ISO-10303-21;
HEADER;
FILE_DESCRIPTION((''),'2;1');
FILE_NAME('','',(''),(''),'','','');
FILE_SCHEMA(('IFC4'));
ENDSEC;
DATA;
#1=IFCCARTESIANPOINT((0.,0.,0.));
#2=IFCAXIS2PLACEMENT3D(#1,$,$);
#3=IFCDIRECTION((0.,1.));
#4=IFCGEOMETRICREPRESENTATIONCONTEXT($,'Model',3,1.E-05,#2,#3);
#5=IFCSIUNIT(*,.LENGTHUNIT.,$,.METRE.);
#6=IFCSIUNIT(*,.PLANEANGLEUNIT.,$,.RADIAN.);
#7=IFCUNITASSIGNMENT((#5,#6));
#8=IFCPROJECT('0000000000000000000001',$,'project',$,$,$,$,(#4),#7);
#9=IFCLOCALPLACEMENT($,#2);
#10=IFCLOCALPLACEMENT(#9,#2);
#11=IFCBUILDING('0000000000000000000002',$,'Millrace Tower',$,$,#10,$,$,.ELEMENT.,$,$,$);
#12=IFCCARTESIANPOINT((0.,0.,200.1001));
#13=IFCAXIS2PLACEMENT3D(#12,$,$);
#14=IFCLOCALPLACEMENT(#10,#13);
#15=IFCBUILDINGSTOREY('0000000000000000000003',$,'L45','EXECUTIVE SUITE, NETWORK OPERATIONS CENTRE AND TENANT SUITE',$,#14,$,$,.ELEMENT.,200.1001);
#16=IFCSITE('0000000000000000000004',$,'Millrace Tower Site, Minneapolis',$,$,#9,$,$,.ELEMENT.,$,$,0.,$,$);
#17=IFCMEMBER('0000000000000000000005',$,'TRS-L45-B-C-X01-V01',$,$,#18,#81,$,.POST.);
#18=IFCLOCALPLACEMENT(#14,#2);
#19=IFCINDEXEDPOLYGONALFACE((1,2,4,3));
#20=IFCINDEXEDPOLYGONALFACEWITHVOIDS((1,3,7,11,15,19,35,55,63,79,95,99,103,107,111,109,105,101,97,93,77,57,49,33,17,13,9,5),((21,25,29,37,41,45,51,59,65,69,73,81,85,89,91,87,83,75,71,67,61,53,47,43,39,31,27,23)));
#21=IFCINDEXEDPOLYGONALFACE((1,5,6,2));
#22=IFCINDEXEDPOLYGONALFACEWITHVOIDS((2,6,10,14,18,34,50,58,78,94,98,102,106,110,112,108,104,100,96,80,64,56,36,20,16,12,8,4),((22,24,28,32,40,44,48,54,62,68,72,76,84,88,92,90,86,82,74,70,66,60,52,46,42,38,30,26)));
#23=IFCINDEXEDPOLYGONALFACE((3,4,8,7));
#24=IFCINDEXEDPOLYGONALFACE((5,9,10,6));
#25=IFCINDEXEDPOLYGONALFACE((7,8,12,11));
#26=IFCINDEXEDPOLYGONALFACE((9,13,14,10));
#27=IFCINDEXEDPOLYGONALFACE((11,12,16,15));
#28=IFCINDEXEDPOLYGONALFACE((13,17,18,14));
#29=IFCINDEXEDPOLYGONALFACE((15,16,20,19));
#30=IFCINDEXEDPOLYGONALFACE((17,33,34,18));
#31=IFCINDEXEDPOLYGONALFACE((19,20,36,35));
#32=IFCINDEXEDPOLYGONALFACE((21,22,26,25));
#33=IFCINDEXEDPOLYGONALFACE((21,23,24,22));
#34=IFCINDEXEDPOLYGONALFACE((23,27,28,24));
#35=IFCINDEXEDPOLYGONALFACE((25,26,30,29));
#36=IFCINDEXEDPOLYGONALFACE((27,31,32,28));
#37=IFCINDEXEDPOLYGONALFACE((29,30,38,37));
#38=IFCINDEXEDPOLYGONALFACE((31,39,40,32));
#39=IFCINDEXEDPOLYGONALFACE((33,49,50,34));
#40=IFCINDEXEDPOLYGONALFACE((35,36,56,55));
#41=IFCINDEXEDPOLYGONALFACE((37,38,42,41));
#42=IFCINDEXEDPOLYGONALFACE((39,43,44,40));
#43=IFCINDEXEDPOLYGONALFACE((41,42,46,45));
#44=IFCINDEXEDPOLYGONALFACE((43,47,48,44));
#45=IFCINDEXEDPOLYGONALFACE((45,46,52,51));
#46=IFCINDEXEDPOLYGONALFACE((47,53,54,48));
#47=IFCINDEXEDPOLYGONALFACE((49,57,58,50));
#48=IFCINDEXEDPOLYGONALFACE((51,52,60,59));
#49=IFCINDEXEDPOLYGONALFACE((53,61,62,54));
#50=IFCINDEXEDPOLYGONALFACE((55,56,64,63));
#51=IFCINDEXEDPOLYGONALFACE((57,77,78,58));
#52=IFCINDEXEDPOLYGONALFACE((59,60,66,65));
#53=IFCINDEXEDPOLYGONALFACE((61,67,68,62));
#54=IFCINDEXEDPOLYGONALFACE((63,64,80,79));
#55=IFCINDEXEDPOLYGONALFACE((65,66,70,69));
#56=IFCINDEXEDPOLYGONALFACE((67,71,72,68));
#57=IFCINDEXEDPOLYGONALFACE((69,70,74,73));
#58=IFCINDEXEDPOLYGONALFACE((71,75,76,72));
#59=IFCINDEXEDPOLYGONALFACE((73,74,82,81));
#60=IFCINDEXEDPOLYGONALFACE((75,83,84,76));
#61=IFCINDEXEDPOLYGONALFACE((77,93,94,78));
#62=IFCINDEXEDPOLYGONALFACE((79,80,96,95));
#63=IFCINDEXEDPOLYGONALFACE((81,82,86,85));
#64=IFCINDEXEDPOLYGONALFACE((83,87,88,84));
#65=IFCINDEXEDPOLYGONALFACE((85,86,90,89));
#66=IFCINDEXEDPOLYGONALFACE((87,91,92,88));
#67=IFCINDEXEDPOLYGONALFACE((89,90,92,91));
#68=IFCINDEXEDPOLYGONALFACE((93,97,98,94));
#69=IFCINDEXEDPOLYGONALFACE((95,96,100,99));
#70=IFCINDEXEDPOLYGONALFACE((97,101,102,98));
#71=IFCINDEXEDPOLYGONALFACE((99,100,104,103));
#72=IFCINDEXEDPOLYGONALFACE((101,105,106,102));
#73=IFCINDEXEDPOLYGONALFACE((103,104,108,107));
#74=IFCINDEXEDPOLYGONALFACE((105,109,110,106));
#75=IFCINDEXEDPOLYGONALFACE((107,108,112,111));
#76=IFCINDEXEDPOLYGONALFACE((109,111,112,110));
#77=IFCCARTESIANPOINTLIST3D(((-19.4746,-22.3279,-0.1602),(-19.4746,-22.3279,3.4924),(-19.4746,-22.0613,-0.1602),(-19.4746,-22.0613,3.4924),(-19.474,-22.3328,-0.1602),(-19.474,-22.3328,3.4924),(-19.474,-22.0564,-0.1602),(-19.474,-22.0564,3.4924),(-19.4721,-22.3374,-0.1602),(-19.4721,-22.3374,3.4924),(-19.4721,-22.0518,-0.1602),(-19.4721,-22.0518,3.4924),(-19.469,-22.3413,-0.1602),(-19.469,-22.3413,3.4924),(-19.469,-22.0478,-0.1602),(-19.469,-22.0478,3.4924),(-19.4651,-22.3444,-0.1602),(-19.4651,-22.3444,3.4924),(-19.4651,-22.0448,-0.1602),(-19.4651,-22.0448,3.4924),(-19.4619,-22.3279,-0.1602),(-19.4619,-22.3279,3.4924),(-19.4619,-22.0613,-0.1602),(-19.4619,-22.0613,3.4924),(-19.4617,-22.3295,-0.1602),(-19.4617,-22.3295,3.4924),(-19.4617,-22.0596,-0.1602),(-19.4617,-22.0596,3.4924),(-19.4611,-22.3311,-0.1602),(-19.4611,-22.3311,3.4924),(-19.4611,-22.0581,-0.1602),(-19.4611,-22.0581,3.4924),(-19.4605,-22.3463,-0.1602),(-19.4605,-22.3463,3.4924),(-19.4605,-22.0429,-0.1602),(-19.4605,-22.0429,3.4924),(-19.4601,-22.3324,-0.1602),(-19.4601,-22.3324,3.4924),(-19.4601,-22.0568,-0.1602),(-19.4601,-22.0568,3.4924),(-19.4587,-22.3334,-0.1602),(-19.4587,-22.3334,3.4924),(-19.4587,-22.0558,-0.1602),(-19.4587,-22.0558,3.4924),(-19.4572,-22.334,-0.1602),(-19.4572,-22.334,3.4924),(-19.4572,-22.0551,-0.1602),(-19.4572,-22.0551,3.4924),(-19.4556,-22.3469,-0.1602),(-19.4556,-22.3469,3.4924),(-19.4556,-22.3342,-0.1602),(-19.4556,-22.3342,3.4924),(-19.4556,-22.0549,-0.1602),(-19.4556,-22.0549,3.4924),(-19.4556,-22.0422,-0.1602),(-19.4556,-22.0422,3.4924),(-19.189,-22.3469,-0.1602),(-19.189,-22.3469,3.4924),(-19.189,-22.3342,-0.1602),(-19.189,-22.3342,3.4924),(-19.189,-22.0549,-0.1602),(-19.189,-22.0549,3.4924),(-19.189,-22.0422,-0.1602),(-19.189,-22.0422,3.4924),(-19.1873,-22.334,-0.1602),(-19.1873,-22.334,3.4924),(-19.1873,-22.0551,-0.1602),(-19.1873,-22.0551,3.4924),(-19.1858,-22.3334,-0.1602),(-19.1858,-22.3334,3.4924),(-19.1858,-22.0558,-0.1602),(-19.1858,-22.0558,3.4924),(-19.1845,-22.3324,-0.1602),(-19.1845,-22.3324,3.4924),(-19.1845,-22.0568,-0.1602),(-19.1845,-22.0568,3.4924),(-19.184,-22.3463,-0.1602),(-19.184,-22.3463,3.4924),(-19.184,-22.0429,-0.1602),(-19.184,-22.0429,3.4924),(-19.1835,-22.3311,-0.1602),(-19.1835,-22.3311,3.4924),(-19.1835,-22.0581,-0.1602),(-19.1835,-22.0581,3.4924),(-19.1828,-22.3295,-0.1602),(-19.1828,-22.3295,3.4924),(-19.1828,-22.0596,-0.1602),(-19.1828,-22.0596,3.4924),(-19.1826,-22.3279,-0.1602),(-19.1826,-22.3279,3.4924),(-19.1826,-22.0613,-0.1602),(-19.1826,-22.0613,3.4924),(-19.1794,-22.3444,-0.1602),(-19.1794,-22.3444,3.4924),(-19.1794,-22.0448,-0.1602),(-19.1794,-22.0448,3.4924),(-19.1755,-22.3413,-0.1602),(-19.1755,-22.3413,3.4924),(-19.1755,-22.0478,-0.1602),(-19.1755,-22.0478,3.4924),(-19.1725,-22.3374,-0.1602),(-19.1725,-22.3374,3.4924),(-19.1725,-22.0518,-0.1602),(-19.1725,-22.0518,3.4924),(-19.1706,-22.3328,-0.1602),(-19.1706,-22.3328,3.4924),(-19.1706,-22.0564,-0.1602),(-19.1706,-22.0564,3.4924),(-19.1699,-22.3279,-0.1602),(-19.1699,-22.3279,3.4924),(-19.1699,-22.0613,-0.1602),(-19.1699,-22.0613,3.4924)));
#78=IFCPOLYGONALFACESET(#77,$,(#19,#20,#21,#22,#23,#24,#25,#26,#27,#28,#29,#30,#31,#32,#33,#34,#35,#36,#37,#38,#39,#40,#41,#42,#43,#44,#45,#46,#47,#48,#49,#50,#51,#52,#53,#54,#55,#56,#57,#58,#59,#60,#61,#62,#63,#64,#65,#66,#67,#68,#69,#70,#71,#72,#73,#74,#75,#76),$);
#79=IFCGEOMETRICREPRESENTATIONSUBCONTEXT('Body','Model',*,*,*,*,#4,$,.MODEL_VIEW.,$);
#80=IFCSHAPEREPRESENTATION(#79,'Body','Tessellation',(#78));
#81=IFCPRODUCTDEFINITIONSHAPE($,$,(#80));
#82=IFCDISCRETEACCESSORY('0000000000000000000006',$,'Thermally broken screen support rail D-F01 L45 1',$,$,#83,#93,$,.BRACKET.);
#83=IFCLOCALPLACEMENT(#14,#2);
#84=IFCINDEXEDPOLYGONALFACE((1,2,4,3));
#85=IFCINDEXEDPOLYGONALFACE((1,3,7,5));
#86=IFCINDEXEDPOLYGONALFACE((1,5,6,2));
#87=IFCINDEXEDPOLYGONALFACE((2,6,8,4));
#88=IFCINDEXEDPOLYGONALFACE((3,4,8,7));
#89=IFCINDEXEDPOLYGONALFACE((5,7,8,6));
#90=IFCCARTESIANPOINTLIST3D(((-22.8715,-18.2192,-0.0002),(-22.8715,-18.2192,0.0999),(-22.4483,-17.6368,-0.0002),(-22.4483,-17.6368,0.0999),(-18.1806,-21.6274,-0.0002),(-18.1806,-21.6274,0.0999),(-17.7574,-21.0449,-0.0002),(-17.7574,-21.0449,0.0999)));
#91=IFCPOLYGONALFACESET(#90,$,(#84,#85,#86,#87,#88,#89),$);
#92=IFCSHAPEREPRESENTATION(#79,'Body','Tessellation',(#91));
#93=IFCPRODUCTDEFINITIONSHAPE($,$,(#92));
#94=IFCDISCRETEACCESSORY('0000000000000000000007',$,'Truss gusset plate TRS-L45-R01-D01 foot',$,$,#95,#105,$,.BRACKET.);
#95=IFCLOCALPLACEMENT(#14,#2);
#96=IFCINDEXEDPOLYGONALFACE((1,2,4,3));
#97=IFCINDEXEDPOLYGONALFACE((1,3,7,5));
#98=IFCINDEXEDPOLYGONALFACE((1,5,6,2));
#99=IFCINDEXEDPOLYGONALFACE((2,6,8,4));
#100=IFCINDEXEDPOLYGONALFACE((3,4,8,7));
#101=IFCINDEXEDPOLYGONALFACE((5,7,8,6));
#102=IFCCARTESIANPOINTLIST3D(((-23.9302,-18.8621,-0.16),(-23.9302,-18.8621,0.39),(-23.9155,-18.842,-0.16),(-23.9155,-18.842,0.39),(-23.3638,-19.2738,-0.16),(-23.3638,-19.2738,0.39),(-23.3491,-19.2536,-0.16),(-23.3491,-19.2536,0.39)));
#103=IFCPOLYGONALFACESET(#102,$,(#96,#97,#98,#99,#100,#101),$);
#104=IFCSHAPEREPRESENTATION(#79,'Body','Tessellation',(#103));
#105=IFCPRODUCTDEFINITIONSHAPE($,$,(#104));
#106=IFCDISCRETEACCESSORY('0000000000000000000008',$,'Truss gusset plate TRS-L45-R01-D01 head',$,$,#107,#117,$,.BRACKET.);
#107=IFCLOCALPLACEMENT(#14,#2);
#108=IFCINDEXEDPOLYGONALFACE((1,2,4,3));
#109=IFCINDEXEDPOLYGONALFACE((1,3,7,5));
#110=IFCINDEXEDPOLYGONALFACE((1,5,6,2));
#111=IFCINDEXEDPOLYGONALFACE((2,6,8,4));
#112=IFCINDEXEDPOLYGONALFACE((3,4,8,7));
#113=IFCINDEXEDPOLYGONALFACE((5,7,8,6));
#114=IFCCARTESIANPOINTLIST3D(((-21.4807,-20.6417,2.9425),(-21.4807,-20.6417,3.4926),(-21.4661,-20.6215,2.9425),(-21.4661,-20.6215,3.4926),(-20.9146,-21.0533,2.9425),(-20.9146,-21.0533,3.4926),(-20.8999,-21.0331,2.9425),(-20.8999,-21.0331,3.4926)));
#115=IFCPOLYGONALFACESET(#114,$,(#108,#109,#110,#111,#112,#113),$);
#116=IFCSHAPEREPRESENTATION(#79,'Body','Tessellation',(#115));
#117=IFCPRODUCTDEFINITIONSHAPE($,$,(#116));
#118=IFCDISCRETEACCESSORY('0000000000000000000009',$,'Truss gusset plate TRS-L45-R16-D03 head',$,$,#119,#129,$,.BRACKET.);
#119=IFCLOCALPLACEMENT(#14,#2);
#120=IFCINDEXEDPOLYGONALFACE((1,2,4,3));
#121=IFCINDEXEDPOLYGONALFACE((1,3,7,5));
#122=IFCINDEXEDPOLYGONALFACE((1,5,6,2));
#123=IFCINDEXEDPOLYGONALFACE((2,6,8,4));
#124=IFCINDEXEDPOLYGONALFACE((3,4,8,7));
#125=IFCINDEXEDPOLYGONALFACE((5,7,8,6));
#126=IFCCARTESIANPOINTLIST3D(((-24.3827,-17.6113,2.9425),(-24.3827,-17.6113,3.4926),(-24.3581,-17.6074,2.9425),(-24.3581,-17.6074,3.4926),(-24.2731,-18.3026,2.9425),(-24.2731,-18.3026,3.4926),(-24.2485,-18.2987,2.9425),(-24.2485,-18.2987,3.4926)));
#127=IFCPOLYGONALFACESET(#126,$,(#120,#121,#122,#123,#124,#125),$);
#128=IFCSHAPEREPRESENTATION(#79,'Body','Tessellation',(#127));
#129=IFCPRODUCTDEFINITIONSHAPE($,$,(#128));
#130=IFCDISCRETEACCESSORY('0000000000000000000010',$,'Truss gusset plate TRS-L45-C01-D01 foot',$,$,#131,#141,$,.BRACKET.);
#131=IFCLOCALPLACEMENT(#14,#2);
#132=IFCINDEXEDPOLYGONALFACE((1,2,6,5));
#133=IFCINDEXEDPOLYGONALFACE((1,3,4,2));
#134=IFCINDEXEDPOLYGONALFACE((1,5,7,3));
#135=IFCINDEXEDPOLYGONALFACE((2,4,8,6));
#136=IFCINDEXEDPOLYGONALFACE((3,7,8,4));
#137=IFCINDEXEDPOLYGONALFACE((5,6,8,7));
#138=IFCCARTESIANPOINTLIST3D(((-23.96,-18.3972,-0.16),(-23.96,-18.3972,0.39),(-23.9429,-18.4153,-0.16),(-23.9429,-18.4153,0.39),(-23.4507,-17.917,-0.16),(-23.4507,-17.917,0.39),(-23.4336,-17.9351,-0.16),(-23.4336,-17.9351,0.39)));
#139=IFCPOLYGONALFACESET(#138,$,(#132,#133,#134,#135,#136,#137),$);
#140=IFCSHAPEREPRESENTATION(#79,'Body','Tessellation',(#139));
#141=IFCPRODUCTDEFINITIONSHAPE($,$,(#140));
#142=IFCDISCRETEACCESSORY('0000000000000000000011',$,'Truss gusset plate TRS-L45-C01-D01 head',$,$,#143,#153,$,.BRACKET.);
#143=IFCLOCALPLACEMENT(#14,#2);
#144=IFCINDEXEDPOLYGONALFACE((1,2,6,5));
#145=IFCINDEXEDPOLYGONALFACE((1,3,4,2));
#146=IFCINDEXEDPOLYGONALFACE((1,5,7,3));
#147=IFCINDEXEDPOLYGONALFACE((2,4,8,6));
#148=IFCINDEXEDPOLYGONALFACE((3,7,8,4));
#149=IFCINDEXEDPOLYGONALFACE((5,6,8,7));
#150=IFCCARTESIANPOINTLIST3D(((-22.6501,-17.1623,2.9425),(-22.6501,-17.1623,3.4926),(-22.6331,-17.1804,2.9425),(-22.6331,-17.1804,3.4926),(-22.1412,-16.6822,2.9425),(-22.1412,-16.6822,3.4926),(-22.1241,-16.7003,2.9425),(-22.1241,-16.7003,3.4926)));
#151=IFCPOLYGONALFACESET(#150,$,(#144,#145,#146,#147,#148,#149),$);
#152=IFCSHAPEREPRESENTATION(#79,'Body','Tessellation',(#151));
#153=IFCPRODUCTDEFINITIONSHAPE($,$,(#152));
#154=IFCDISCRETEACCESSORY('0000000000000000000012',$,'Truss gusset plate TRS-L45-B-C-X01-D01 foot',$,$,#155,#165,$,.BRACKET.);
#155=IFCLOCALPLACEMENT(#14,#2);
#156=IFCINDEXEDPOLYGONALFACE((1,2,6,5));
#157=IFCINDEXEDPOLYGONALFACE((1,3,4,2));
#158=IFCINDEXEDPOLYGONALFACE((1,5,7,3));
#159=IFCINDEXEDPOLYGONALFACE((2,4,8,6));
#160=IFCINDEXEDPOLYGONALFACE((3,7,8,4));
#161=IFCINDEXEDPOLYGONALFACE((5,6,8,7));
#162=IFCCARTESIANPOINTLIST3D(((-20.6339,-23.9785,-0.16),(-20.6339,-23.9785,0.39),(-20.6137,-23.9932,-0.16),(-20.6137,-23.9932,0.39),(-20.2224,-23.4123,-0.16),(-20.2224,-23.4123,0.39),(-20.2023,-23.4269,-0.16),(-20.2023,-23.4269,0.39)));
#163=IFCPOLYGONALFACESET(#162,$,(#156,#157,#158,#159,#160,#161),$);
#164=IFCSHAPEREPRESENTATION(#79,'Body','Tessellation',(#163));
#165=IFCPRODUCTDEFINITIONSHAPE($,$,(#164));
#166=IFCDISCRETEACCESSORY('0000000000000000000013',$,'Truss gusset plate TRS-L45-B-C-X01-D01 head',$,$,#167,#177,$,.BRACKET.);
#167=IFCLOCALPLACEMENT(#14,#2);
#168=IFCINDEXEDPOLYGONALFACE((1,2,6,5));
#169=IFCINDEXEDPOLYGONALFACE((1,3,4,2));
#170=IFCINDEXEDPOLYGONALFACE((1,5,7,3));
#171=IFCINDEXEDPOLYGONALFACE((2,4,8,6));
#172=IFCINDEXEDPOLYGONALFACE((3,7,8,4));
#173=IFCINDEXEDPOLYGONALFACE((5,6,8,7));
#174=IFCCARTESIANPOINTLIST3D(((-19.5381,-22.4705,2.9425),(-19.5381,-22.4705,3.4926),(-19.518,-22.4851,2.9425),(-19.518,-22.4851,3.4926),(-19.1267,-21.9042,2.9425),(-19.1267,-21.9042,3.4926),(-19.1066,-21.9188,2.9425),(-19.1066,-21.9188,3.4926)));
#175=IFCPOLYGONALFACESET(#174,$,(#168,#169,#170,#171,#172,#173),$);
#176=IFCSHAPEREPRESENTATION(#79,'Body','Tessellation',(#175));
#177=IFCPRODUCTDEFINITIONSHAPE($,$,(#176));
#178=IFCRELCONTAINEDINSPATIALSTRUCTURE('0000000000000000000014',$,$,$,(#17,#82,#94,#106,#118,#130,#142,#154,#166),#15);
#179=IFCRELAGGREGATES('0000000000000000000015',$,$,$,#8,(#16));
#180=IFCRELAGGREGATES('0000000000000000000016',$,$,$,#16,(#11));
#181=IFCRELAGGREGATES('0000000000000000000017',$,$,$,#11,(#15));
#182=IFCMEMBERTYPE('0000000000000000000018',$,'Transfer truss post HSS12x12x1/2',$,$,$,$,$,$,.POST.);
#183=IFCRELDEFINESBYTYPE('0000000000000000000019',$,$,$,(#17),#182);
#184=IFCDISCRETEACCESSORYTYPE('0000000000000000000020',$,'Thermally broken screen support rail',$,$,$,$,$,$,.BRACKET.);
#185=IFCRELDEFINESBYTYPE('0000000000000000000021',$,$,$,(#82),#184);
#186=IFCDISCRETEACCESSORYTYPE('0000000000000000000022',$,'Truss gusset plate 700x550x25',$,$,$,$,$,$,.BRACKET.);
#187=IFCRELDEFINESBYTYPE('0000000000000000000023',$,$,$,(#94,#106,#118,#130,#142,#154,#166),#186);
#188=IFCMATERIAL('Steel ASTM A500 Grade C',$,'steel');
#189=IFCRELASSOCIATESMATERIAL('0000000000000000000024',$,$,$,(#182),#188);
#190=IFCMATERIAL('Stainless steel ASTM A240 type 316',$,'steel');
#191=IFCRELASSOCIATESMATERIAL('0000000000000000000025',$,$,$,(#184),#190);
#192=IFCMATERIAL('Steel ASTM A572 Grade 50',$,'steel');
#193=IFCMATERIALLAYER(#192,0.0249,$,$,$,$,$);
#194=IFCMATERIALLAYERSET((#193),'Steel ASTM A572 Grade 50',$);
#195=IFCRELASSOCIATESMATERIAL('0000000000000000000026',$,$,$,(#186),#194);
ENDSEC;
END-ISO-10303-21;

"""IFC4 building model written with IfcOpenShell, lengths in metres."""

from ifc_helpers import new_model, si_unit, direction, frame, origin, origin_2d, place, context, subcontext, project, spatial, rectangle, hollow_rectangle, extrude, material, layer, layer_set, material_profile, profile_set, type_object, element, save


model = new_model("IFC4")

# Units and contexts
model_context = context("Model", 3, precision=1e-05, world=origin(), true_north=direction((0.0, 1.0)))
body_context = subcontext(model_context, "Body", "Model", "MODEL_VIEW")
ifc_project = project(units=[si_unit("LENGTHUNIT", "METRE"), si_unit("PLANEANGLEUNIT", "RADIAN")], contexts=[model_context])

# Site, building, storey
site_placement = place(None, origin())
site = spatial("IfcSite", under=ifc_project, at=site_placement, Name="Millrace Tower Site, Minneapolis", CompositionType="ELEMENT", RefElevation=0.0)
building_placement = place(site_placement, origin())
building = spatial("IfcBuilding", under=site, at=building_placement, Name="Millrace Tower", CompositionType="ELEMENT")
storey_placement = place(building_placement, frame((0.0, 0.0, 200.1001)))
storey = spatial("IfcBuildingStorey", under=building, at=storey_placement, Name="L45", Description="EXECUTIVE SUITE, NETWORK OPERATIONS CENTRE AND TENANT SUITE", CompositionType="ELEMENT", Elevation=200.1001)

# Member
ifc_material_1 = material(Name="Steel ASTM A500 Grade C", Category="steel")
ifc_material_profile_1 = material_profile(ifc_material_1, hollow_rectangle(XDim=0.3047, YDim=0.3047, WallThickness=0.0127, InnerFilletRadius=0.0063, OuterFilletRadius=0.019, at=origin_2d()))
ifc_profile_set_1 = profile_set([ifc_material_profile_1], Name="Steel ASTM A500 Grade C")
member_type_1 = type_object("IfcMemberType", Name="Transfer truss post HSS12x12x1/2", PredefinedType="POST", material=ifc_profile_set_1)
for number, where, z_axis, x_axis, name in (
    (1, (-19.3223, -22.1946, -0.1602), (0.0, 0.0, 1.0), (1.0, 0.0, 0.0), "TRS-L45-B-C-X01-V01"),
):
    element("IfcMember", number, at=place(storey_placement, frame(where, z_axis=z_axis, x_axis=x_axis)), inside=storey, type_object=member_type_1, Name=name, PredefinedType="POST", context=body_context, shape_type="SweptSolid", body=[
        extrude(hollow_rectangle(XDim=0.3047, YDim=0.3047, WallThickness=0.0127, InnerFilletRadius=0.0063, OuterFilletRadius=0.019, at=origin_2d()), origin(), (0.0, 0.0, 1.0), 3.6526),
    ])

# Discrete accessories
ifc_material_2 = material(Name="Stainless steel ASTM A240 type 316", Category="steel")
discrete_accessory_type_1 = type_object("IfcDiscreteAccessoryType", Name="Thermally broken screen support rail", PredefinedType="BRACKET", material=ifc_material_2)
discrete_accessory_1_placement = place(storey_placement, frame((-20.3145, -19.6321, -0.0002), z_axis=(0.0, 0.0, 1.0), x_axis=(0.809017, -0.587785, 0.0)))
element("IfcDiscreteAccessory", 2, at=discrete_accessory_1_placement, inside=storey, type_object=discrete_accessory_type_1, Name="Thermally broken screen support rail D-F01 L45 1", PredefinedType="BRACKET", context=body_context, shape_type="SweptSolid", body=[
    extrude(rectangle(XDim=5.7983, YDim=0.72, at=origin_2d()), origin(), (0.0, 0.0, 1.0), 0.1001),
])
ifc_material_3 = material(Name="Steel ASTM A572 Grade 50", Category="steel")
ifc_layer_1 = layer(ifc_material_3, 0.0249)
ifc_layer_set_1 = layer_set([ifc_layer_1], Name="Steel ASTM A572 Grade 50")
discrete_accessory_type_2 = type_object("IfcDiscreteAccessoryType", Name="Truss gusset plate 700x550x25", PredefinedType="BRACKET", material=ifc_layer_set_1)
discrete_accessory_2_placement = place(storey_placement, frame((-23.9229, -18.8521, 0.115), z_axis=(0.808947, -0.587881, 0.0), x_axis=(0.587881, 0.808947, 0.0)))
element("IfcDiscreteAccessory", 3, at=discrete_accessory_2_placement, inside=storey, type_object=discrete_accessory_type_2, Name="Truss gusset plate TRS-L45-R01-D01 foot", PredefinedType="BRACKET", context=body_context, shape_type="SweptSolid", body=[
    extrude(rectangle(XDim=0.0249, YDim=0.55, at=origin_2d()), origin(), (0.0, 0.0, 1.0), 0.7002),
])
for number, where, z_axis, x_axis, name in (
    (4, (-21.4734, -20.6316, 3.2175), (0.808827, -0.588047, 0.0), (0.588047, 0.808827, 0.0), "Truss gusset plate TRS-L45-R01-D01 head"),
    (5, (-24.3704, -17.6094, 3.2175), (0.156589, -0.987664, 0.0), (0.987664, 0.156589, 0.0), "Truss gusset plate TRS-L45-R16-D03 head"),
    (6, (-23.9514, -18.4062, 0.115), (0.727555, 0.68605, 0.0), (-0.68605, 0.727555, 0.0), "Truss gusset plate TRS-L45-C01-D01 foot"),
):
    element("IfcDiscreteAccessory", number, at=place(storey_placement, frame(where, z_axis=z_axis, x_axis=x_axis)), inside=storey, type_object=discrete_accessory_type_2, Name=name, PredefinedType="BRACKET", context=body_context, shape_type="SweptSolid", body=[
        extrude(rectangle(XDim=0.0249, YDim=0.55, at=origin_2d()), origin(), (0.0, 0.0, 1.0), 0.7),
    ])
discrete_accessory_3_placement = place(storey_placement, frame((-22.6416, -17.1714, 3.2175), z_axis=(0.72739, 0.686224, 0.0), x_axis=(-0.686224, 0.72739, 0.0)))
element("IfcDiscreteAccessory", 7, at=discrete_accessory_3_placement, inside=storey, type_object=discrete_accessory_type_2, Name="Truss gusset plate TRS-L45-C01-D01 head", PredefinedType="BRACKET", context=body_context, shape_type="SweptSolid", body=[
    extrude(rectangle(XDim=0.0249, YDim=0.55, at=origin_2d()), origin(), (0.0, 0.0, 1.0), 0.6997),
])
for number, where, z_axis, x_axis, name in (
    (8, (-20.6238, -23.9858, 0.115), (0.587819, 0.808992, 0.0), (-0.808992, 0.587819, 0.0), "Truss gusset plate TRS-L45-B-C-X01-D01 foot"),
    (9, (-19.5281, -22.4778, 3.2175), (0.587819, 0.808992, 0.0), (-0.808992, 0.587819, 0.0), "Truss gusset plate TRS-L45-B-C-X01-D01 head"),
):
    element("IfcDiscreteAccessory", number, at=place(storey_placement, frame(where, z_axis=z_axis, x_axis=x_axis)), inside=storey, type_object=discrete_accessory_type_2, Name=name, PredefinedType="BRACKET", context=body_context, shape_type="SweptSolid", body=[
        extrude(rectangle(XDim=0.0249, YDim=0.55, at=origin_2d()), origin(), (0.0, 0.0, 1.0), 0.7),
    ])

save(model, "model.ifc")
